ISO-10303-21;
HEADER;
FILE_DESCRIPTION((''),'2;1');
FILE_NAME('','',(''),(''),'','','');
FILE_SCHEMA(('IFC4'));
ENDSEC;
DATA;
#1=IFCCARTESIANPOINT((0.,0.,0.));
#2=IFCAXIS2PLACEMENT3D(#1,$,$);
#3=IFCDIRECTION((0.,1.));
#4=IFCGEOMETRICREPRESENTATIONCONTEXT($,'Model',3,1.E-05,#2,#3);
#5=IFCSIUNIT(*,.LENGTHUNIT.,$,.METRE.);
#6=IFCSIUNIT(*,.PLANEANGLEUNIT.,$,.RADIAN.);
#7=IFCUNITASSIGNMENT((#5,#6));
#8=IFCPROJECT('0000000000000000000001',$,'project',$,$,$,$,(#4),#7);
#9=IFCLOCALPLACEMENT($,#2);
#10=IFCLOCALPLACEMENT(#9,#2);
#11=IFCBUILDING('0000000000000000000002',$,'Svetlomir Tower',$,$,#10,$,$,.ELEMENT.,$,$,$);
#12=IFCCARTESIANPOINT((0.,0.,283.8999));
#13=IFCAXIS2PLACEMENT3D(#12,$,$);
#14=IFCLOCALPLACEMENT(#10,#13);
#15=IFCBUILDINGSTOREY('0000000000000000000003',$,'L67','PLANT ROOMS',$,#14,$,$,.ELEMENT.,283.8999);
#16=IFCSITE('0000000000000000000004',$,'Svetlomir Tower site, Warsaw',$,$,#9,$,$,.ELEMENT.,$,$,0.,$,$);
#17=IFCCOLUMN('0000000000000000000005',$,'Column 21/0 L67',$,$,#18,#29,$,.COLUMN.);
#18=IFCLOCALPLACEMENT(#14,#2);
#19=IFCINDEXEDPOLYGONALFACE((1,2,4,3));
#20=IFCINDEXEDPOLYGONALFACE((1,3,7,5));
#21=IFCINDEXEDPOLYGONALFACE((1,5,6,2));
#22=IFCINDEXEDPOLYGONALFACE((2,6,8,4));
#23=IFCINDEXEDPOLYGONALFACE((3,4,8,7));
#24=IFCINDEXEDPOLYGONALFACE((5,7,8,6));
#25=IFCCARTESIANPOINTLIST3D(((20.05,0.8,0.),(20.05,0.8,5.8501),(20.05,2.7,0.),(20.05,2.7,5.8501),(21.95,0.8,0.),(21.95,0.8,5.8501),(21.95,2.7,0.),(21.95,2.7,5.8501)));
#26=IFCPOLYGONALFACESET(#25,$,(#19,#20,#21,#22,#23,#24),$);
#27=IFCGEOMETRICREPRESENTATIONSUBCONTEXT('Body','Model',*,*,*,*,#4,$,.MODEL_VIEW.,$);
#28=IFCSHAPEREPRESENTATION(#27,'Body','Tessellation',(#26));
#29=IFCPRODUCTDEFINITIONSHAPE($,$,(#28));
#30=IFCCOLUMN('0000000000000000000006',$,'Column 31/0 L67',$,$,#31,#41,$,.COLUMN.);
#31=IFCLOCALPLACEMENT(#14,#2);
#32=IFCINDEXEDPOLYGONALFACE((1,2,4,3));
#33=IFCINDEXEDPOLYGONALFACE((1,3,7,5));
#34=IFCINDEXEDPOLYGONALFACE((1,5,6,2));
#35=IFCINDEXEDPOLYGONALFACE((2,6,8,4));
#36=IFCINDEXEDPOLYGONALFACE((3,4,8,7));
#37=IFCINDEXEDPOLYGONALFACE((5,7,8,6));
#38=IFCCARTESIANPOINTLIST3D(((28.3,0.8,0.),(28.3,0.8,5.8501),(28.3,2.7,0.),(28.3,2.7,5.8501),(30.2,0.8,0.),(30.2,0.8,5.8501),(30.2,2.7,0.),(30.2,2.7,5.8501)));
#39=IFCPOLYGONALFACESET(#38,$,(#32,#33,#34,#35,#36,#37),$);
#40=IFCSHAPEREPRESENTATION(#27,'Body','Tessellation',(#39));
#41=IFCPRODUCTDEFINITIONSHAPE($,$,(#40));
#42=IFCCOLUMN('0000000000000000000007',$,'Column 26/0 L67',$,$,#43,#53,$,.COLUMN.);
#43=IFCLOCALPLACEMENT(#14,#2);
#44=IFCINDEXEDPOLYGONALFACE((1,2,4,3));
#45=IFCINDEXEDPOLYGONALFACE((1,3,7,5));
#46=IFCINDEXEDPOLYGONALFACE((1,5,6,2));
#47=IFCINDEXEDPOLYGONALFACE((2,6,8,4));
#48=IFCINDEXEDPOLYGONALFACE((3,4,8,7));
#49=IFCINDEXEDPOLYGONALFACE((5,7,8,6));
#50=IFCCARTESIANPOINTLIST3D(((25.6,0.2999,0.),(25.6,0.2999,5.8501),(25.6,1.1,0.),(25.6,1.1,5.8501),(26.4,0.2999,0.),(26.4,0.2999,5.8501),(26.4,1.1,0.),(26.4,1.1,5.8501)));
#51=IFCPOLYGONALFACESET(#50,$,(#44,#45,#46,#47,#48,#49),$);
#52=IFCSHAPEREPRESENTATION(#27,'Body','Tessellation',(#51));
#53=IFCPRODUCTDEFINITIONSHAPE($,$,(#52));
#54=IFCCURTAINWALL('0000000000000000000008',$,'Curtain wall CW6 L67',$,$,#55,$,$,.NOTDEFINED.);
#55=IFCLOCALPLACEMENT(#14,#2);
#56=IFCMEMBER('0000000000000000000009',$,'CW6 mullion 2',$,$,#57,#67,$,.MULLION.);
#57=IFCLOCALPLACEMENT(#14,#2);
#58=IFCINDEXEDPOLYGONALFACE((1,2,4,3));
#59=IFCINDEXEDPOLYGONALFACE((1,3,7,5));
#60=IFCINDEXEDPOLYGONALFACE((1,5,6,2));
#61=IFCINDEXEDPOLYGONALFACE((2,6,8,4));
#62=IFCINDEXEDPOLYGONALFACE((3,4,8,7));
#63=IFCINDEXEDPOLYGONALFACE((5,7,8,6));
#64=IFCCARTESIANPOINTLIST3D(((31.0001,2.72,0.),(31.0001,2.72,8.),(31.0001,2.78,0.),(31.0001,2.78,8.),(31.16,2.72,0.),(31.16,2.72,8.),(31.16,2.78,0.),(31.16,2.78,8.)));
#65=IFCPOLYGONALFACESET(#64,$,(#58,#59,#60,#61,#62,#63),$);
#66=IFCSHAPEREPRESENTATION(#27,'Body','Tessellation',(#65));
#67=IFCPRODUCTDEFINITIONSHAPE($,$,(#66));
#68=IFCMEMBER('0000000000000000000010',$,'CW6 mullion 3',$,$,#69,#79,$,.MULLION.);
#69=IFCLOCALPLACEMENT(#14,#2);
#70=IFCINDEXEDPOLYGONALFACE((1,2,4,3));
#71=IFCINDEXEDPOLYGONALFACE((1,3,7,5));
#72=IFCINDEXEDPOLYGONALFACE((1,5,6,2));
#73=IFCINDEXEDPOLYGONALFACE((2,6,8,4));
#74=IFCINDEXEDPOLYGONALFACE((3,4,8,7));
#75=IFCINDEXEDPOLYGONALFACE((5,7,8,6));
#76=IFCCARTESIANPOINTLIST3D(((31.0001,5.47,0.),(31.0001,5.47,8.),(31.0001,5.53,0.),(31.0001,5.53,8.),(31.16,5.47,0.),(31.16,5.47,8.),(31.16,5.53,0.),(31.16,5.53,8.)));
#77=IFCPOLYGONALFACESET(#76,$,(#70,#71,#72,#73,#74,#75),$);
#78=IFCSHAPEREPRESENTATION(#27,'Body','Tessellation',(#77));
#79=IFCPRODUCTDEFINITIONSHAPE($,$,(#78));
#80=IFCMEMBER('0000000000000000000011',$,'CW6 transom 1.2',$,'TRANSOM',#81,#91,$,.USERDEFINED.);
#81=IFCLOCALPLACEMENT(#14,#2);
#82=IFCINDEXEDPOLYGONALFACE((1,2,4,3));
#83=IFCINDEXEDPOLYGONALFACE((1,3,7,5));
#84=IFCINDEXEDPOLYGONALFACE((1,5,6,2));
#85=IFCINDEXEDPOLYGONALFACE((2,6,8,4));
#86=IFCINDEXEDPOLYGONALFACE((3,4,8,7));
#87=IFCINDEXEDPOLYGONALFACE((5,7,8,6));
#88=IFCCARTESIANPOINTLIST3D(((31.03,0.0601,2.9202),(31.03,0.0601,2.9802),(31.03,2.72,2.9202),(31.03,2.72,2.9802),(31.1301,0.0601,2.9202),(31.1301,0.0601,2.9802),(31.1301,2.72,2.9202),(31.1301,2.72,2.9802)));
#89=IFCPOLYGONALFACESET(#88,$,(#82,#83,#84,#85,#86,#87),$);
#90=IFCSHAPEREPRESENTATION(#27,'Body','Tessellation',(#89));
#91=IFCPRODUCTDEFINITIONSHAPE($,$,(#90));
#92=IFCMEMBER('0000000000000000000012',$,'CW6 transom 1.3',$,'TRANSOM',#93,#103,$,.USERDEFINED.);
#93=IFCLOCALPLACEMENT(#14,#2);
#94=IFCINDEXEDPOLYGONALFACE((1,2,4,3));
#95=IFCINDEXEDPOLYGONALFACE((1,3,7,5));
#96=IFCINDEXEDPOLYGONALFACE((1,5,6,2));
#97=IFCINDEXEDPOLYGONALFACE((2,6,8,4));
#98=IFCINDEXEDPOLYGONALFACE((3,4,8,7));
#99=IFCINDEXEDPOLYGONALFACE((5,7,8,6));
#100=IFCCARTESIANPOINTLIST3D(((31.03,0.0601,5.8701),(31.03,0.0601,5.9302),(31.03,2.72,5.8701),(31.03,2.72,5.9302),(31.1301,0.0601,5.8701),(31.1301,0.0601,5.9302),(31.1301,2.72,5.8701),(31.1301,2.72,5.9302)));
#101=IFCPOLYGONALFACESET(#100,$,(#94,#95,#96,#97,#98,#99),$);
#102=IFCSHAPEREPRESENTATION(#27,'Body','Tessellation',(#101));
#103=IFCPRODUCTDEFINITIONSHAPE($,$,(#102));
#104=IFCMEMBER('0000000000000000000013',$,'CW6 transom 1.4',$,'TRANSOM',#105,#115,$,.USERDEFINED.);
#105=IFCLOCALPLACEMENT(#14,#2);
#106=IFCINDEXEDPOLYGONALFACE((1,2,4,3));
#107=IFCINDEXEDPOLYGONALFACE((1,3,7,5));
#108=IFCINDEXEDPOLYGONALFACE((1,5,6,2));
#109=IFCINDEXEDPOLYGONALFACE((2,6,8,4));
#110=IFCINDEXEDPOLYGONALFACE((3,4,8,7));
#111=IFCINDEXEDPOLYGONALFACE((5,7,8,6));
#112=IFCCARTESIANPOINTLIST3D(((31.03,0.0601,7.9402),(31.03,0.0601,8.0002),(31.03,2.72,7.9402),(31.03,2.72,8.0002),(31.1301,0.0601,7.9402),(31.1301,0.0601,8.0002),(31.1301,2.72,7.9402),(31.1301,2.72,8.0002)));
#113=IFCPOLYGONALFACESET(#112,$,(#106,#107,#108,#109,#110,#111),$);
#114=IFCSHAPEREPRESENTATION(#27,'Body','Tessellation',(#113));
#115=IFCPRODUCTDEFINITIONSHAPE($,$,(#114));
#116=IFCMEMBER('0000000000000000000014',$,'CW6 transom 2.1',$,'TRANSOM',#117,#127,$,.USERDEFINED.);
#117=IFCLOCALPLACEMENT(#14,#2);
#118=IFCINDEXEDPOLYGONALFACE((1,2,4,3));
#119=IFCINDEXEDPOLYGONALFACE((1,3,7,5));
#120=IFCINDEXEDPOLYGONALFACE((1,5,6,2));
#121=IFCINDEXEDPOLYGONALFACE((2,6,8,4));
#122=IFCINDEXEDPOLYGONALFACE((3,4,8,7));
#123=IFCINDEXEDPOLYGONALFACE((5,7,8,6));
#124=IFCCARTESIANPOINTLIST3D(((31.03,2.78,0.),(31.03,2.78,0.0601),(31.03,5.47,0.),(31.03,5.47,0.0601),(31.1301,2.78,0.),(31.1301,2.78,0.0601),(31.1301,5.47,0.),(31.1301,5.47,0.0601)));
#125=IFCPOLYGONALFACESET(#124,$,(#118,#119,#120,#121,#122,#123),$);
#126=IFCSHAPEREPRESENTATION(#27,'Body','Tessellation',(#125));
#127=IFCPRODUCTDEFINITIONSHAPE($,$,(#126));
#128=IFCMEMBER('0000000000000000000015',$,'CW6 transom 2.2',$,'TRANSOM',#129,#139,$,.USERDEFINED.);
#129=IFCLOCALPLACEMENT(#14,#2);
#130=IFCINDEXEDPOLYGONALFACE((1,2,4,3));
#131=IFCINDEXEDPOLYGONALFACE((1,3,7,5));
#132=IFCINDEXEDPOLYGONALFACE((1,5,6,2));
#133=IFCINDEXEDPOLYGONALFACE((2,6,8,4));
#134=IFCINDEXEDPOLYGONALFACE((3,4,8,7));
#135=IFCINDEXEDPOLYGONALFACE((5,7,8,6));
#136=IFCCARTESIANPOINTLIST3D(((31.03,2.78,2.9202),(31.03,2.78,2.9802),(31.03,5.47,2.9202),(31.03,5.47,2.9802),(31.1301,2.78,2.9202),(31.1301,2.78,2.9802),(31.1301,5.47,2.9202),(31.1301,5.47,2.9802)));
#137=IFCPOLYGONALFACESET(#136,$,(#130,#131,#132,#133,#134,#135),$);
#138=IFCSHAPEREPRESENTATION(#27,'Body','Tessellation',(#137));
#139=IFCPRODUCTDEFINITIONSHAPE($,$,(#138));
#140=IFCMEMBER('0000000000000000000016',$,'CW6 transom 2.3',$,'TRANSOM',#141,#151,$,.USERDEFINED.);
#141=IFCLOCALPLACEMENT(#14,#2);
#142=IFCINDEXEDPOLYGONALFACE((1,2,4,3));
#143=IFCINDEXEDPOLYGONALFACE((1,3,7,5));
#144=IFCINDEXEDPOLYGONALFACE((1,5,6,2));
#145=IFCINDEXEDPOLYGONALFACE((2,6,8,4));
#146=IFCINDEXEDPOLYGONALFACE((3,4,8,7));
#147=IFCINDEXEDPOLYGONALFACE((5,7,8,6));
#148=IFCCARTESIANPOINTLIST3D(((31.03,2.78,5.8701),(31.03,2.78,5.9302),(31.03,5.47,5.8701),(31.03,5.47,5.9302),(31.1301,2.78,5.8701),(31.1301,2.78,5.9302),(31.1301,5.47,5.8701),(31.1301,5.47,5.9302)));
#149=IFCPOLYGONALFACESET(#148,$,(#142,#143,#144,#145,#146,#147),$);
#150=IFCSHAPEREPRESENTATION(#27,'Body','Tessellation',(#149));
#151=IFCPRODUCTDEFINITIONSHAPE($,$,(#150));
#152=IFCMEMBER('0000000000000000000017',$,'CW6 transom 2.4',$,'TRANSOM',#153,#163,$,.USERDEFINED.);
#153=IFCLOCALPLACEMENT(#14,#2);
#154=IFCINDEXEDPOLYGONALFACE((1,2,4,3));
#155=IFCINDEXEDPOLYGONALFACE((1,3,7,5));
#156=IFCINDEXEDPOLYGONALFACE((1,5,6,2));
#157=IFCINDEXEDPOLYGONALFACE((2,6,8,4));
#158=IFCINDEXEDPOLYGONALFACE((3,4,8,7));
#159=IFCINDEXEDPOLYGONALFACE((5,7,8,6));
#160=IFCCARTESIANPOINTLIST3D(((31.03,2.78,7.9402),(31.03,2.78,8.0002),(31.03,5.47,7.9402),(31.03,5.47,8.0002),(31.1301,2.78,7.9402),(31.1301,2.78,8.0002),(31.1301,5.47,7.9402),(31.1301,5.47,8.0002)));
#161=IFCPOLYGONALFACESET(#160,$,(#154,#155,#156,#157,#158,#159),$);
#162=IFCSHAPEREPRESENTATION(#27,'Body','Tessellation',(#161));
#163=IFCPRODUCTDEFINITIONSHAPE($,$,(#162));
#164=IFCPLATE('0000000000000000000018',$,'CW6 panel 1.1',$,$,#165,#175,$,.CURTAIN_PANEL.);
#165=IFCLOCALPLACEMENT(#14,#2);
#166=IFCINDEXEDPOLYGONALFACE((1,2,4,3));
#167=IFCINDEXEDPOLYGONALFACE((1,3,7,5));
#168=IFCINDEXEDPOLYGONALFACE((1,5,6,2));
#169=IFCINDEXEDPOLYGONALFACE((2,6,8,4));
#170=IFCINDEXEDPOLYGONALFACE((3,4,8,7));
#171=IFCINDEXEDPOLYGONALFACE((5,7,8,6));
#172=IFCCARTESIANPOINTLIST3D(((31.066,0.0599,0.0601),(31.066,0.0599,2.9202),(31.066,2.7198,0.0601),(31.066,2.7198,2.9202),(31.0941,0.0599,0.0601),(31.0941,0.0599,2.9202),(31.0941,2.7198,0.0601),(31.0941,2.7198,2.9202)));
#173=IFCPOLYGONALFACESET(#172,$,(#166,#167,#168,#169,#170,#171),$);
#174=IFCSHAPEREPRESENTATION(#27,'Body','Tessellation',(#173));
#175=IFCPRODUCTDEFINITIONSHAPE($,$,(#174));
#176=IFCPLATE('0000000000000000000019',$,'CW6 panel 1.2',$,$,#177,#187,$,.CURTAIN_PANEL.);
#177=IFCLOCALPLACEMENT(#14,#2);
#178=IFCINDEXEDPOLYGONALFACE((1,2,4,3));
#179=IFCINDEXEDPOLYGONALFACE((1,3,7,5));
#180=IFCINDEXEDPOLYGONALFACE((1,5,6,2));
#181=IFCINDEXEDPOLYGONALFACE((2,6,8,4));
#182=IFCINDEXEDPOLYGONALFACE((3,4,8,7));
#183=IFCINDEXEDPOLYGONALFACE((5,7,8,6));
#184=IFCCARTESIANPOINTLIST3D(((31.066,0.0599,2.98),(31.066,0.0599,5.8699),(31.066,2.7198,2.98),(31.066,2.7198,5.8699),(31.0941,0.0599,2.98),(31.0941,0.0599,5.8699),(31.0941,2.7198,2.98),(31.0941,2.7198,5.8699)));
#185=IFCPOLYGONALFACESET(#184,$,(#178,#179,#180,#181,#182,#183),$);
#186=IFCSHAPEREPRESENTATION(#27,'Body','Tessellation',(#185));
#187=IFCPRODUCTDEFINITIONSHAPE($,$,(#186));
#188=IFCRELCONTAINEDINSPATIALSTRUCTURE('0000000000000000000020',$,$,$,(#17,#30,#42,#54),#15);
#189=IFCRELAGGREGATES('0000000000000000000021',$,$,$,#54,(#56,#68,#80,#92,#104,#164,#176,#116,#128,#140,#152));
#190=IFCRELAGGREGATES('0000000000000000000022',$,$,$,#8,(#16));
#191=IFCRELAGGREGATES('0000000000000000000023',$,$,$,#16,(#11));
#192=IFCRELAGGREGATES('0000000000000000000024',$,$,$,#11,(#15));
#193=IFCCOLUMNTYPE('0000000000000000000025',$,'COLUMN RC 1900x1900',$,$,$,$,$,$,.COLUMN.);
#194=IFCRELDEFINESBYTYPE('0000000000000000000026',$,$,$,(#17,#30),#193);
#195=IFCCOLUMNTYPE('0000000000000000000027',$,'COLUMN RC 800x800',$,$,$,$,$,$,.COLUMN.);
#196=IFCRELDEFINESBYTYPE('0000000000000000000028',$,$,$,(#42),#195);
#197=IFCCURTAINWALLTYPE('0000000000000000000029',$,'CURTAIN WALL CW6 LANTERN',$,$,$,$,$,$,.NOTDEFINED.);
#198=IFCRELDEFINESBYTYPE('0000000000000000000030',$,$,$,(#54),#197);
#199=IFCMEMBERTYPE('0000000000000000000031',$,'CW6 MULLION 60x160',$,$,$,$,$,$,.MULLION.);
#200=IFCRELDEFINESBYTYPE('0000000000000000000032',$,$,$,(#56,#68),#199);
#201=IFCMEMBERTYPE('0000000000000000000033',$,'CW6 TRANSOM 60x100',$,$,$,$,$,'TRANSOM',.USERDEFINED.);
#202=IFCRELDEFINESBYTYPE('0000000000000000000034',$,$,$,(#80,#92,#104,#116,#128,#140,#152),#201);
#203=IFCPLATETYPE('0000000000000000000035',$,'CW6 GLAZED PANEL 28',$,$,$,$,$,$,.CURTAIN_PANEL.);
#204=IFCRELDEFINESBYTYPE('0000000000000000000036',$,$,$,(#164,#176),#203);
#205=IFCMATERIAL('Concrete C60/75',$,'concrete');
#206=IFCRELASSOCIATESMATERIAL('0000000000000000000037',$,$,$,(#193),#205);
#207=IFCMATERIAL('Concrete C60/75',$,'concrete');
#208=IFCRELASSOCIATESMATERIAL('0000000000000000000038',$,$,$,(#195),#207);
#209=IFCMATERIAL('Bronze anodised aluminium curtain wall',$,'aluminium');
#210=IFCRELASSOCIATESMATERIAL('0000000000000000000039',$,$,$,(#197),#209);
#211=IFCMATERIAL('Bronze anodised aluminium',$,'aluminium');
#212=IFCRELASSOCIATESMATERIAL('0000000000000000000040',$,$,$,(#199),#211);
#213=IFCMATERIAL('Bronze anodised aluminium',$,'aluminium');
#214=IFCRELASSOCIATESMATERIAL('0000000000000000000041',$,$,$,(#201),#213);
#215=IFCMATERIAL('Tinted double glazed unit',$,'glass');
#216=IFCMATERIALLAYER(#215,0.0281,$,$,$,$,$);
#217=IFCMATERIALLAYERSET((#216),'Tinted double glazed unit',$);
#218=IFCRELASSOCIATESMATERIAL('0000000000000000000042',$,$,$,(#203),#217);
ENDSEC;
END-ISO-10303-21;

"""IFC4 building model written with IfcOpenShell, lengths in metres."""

from ifc_helpers import new_model, si_unit, direction, frame, origin, origin_2d, place, context, subcontext, project, spatial, rectangle, extrude, material, layer, layer_set, material_profile, profile_set, type_object, element, aggregate, save


model = new_model("IFC4")

# Units and contexts
model_context = context("Model", 3, precision=1e-05, world=origin(), true_north=direction((0.0, 1.0)))
body_context = subcontext(model_context, "Body", "Model", "MODEL_VIEW")
ifc_project = project(units=[si_unit("LENGTHUNIT", "METRE"), si_unit("PLANEANGLEUNIT", "RADIAN")], contexts=[model_context])

# Site, building, storey
site_placement = place(None, origin())
site = spatial("IfcSite", under=ifc_project, at=site_placement, Name="Svetlomir Tower site, Warsaw", CompositionType="ELEMENT", RefElevation=0.0)
building_placement = place(site_placement, origin())
building = spatial("IfcBuilding", under=site, at=building_placement, Name="Svetlomir Tower", CompositionType="ELEMENT")
storey_placement = place(building_placement, frame((0.0, 0.0, 283.8999)))
storey = spatial("IfcBuildingStorey", under=building, at=storey_placement, Name="L67", Description="PLANT ROOMS", CompositionType="ELEMENT", Elevation=283.8999)

# Columns
ifc_material_1 = material(Name="Concrete C60/75", Category="concrete")
ifc_material_profile_1 = material_profile(ifc_material_1, rectangle(XDim=1.8999, YDim=1.8999, at=origin_2d()), Name="RC 1900x1900")
ifc_profile_set_1 = profile_set([ifc_material_profile_1], Name="Concrete C60/75")
column_type_1 = type_object("IfcColumnType", Name="COLUMN RC 1900x1900", PredefinedType="COLUMN", material=ifc_profile_set_1)
for number, where, z_axis, x_axis, name in (
    (1, (21.0, 1.75, 0.0), (0.0, 0.0, 1.0), (1.0, 0.0, 0.0), "Column 21/0 L67"),
    (2, (29.25, 1.75, 0.0), (0.0, 0.0, 1.0), (1.0, 0.0, 0.0), "Column 31/0 L67"),
):
    element("IfcColumn", number, at=place(storey_placement, frame(where, z_axis=z_axis, x_axis=x_axis)), inside=storey, type_object=column_type_1, Name=name, PredefinedType="COLUMN", context=body_context, shape_type="SweptSolid", body=[
        extrude(rectangle(XDim=1.8999, YDim=1.8999, at=origin_2d()), origin(), (0.0, 0.0, 1.0), 5.8501),
    ])
ifc_material_2 = material(Name="Concrete C60/75", Category="concrete")
ifc_material_profile_2 = material_profile(ifc_material_2, rectangle(XDim=0.8, YDim=0.8, at=origin_2d()), Name="RC 800x800")
ifc_profile_set_2 = profile_set([ifc_material_profile_2], Name="Concrete C60/75")
column_type_2 = type_object("IfcColumnType", Name="COLUMN RC 800x800", PredefinedType="COLUMN", material=ifc_profile_set_2)
column_placement = place(storey_placement, frame((26.0, 0.7, 0.0), z_axis=(0.0, 0.0, 1.0), x_axis=(1.0, 0.0, 0.0)))
element("IfcColumn", 3, at=column_placement, inside=storey, type_object=column_type_2, Name="Column 26/0 L67", PredefinedType="COLUMN", context=body_context, shape_type="SweptSolid", body=[
    extrude(rectangle(XDim=0.8, YDim=0.8, at=origin_2d()), origin(), (0.0, 0.0, 1.0), 5.8501),
])

# Curtain wall, members, plates
ifc_material_3 = material(Name="Bronze anodised aluminium curtain wall", Category="aluminium")
curtain_wall_type = type_object("IfcCurtainWallType", Name="CURTAIN WALL CW6 LANTERN", PredefinedType="NOTDEFINED", material=ifc_material_3)
curtain_wall_placement = place(storey_placement, origin())
curtain_wall = element("IfcCurtainWall", 4, at=curtain_wall_placement, inside=storey, type_object=curtain_wall_type, Name="Curtain wall CW6 L67", PredefinedType="NOTDEFINED")
ifc_material_4 = material(Name="Bronze anodised aluminium", Category="aluminium")
ifc_material_profile_3 = material_profile(ifc_material_4, rectangle(XDim=0.0601, YDim=0.1599, at=origin_2d()), Name="AL 60x160")
ifc_profile_set_3 = profile_set([ifc_material_profile_3], Name="Bronze anodised aluminium 6063-T6")
member_type_1 = type_object("IfcMemberType", Name="CW6 MULLION 60x160", PredefinedType="MULLION", material=ifc_profile_set_3)
member_1_placement = place(storey_placement, frame((31.0801, 2.75, 0.0), z_axis=(0.0, 0.0, 1.0), x_axis=(0.0, 1.0, 0.0)))
member_1 = element("IfcMember", 5, at=member_1_placement, type_object=member_type_1, Name="CW6 mullion 2", PredefinedType="MULLION", context=body_context, shape_type="SweptSolid", body=[
    extrude(rectangle(XDim=0.0601, YDim=0.1599, at=origin_2d()), origin(), (0.0, 0.0, 1.0), 8.0),
])
member_2_placement = place(storey_placement, frame((31.0801, 5.5, 0.0), z_axis=(0.0, 0.0, 1.0), x_axis=(0.0, 1.0, 0.0)))
member_2 = element("IfcMember", 6, at=member_2_placement, type_object=member_type_1, Name="CW6 mullion 3", PredefinedType="MULLION", context=body_context, shape_type="SweptSolid", body=[
    extrude(rectangle(XDim=0.0601, YDim=0.1599, at=origin_2d()), origin(), (0.0, 0.0, 1.0), 8.0),
])
ifc_material_5 = material(Name="Bronze anodised aluminium", Category="aluminium")
ifc_material_profile_4 = material_profile(ifc_material_5, rectangle(XDim=0.1001, YDim=0.0601, at=origin_2d()), Name="AL 100x60")
ifc_profile_set_4 = profile_set([ifc_material_profile_4], Name="Bronze anodised aluminium 6063-T6")
member_type_2 = type_object("IfcMemberType", Name="CW6 TRANSOM 60x100", ElementType="TRANSOM", PredefinedType="USERDEFINED", material=ifc_profile_set_4)
member_3_placement = place(storey_placement, frame((31.0801, 0.0601, 2.9502), z_axis=(0.0, 1.0, 0.0), x_axis=(-1.0, 0.0, 0.0)))
member_3 = element("IfcMember", 7, at=member_3_placement, type_object=member_type_2, Name="CW6 transom 1.2", ObjectType="TRANSOM", PredefinedType="USERDEFINED", context=body_context, shape_type="SweptSolid", body=[
    extrude(rectangle(XDim=0.1001, YDim=0.0601, at=origin_2d()), origin(), (0.0, 0.0, 1.0), 2.6599),
])
member_4_placement = place(storey_placement, frame((31.0801, 0.0601, 5.9001), z_axis=(0.0, 1.0, 0.0), x_axis=(-1.0, 0.0, 0.0)))
member_4 = element("IfcMember", 8, at=member_4_placement, type_object=member_type_2, Name="CW6 transom 1.3", ObjectType="TRANSOM", PredefinedType="USERDEFINED", context=body_context, shape_type="SweptSolid", body=[
    extrude(rectangle(XDim=0.1001, YDim=0.0601, at=origin_2d()), origin(), (0.0, 0.0, 1.0), 2.6599),
])
member_5_placement = place(storey_placement, frame((31.0801, 0.0601, 7.9702), z_axis=(0.0, 1.0, 0.0), x_axis=(-1.0, 0.0, 0.0)))
member_5 = element("IfcMember", 9, at=member_5_placement, type_object=member_type_2, Name="CW6 transom 1.4", ObjectType="TRANSOM", PredefinedType="USERDEFINED", context=body_context, shape_type="SweptSolid", body=[
    extrude(rectangle(XDim=0.1001, YDim=0.0601, at=origin_2d()), origin(), (0.0, 0.0, 1.0), 2.6599),
])
member_6_placement = place(storey_placement, frame((31.0801, 2.78, 0.03), z_axis=(0.0, 1.0, 0.0), x_axis=(-1.0, 0.0, 0.0)))
member_6 = element("IfcMember", 10, at=member_6_placement, type_object=member_type_2, Name="CW6 transom 2.1", ObjectType="TRANSOM", PredefinedType="USERDEFINED", context=body_context, shape_type="SweptSolid", body=[
    extrude(rectangle(XDim=0.1001, YDim=0.0601, at=origin_2d()), origin(), (0.0, 0.0, 1.0), 2.6899),
])
member_7_placement = place(storey_placement, frame((31.0801, 2.78, 2.9502), z_axis=(0.0, 1.0, 0.0), x_axis=(-1.0, 0.0, 0.0)))
member_7 = element("IfcMember", 11, at=member_7_placement, type_object=member_type_2, Name="CW6 transom 2.2", ObjectType="TRANSOM", PredefinedType="USERDEFINED", context=body_context, shape_type="SweptSolid", body=[
    extrude(rectangle(XDim=0.1001, YDim=0.0601, at=origin_2d()), origin(), (0.0, 0.0, 1.0), 2.6899),
])
member_8_placement = place(storey_placement, frame((31.0801, 2.78, 5.9001), z_axis=(0.0, 1.0, 0.0), x_axis=(-1.0, 0.0, 0.0)))
member_8 = element("IfcMember", 12, at=member_8_placement, type_object=member_type_2, Name="CW6 transom 2.3", ObjectType="TRANSOM", PredefinedType="USERDEFINED", context=body_context, shape_type="SweptSolid", body=[
    extrude(rectangle(XDim=0.1001, YDim=0.0601, at=origin_2d()), origin(), (0.0, 0.0, 1.0), 2.6899),
])
member_9_placement = place(storey_placement, frame((31.0801, 2.78, 7.9702), z_axis=(0.0, 1.0, 0.0), x_axis=(-1.0, 0.0, 0.0)))
member_9 = element("IfcMember", 13, at=member_9_placement, type_object=member_type_2, Name="CW6 transom 2.4", ObjectType="TRANSOM", PredefinedType="USERDEFINED", context=body_context, shape_type="SweptSolid", body=[
    extrude(rectangle(XDim=0.1001, YDim=0.0601, at=origin_2d()), origin(), (0.0, 0.0, 1.0), 2.6899),
])
ifc_material_6 = material(Name="Tinted double glazed unit", Category="glass")
ifc_layer = layer(ifc_material_6, 0.0281)
ifc_layer_set = layer_set([ifc_layer], Name="Tinted double glazed unit")
plate_type = type_object("IfcPlateType", Name="CW6 GLAZED PANEL 28", PredefinedType="CURTAIN_PANEL", material=ifc_layer_set)
plate_1_placement = place(storey_placement, frame((31.0801, 1.3899, 0.0601), z_axis=(0.0, 0.0, 1.0), x_axis=(0.0, 1.0, 0.0)))
plate_1 = element("IfcPlate", 14, at=plate_1_placement, type_object=plate_type, Name="CW6 panel 1.1", PredefinedType="CURTAIN_PANEL", context=body_context, shape_type="SweptSolid", body=[
    extrude(rectangle(XDim=2.6599, YDim=0.0281, at=origin_2d()), origin(), (0.0, 0.0, 1.0), 2.8601),
])
plate_2_placement = place(storey_placement, frame((31.0801, 1.3899, 2.98), z_axis=(0.0, 0.0, 1.0), x_axis=(0.0, 1.0, 0.0)))
plate_2 = element("IfcPlate", 15, at=plate_2_placement, type_object=plate_type, Name="CW6 panel 1.2", PredefinedType="CURTAIN_PANEL", context=body_context, shape_type="SweptSolid", body=[
    extrude(rectangle(XDim=2.6599, YDim=0.0281, at=origin_2d()), origin(), (0.0, 0.0, 1.0), 2.8899),
])
aggregate(curtain_wall, [member_1, member_2, member_3, member_4, member_5, plate_1, plate_2, member_6, member_7, member_8, member_9])

save(model, "model.ifc")
